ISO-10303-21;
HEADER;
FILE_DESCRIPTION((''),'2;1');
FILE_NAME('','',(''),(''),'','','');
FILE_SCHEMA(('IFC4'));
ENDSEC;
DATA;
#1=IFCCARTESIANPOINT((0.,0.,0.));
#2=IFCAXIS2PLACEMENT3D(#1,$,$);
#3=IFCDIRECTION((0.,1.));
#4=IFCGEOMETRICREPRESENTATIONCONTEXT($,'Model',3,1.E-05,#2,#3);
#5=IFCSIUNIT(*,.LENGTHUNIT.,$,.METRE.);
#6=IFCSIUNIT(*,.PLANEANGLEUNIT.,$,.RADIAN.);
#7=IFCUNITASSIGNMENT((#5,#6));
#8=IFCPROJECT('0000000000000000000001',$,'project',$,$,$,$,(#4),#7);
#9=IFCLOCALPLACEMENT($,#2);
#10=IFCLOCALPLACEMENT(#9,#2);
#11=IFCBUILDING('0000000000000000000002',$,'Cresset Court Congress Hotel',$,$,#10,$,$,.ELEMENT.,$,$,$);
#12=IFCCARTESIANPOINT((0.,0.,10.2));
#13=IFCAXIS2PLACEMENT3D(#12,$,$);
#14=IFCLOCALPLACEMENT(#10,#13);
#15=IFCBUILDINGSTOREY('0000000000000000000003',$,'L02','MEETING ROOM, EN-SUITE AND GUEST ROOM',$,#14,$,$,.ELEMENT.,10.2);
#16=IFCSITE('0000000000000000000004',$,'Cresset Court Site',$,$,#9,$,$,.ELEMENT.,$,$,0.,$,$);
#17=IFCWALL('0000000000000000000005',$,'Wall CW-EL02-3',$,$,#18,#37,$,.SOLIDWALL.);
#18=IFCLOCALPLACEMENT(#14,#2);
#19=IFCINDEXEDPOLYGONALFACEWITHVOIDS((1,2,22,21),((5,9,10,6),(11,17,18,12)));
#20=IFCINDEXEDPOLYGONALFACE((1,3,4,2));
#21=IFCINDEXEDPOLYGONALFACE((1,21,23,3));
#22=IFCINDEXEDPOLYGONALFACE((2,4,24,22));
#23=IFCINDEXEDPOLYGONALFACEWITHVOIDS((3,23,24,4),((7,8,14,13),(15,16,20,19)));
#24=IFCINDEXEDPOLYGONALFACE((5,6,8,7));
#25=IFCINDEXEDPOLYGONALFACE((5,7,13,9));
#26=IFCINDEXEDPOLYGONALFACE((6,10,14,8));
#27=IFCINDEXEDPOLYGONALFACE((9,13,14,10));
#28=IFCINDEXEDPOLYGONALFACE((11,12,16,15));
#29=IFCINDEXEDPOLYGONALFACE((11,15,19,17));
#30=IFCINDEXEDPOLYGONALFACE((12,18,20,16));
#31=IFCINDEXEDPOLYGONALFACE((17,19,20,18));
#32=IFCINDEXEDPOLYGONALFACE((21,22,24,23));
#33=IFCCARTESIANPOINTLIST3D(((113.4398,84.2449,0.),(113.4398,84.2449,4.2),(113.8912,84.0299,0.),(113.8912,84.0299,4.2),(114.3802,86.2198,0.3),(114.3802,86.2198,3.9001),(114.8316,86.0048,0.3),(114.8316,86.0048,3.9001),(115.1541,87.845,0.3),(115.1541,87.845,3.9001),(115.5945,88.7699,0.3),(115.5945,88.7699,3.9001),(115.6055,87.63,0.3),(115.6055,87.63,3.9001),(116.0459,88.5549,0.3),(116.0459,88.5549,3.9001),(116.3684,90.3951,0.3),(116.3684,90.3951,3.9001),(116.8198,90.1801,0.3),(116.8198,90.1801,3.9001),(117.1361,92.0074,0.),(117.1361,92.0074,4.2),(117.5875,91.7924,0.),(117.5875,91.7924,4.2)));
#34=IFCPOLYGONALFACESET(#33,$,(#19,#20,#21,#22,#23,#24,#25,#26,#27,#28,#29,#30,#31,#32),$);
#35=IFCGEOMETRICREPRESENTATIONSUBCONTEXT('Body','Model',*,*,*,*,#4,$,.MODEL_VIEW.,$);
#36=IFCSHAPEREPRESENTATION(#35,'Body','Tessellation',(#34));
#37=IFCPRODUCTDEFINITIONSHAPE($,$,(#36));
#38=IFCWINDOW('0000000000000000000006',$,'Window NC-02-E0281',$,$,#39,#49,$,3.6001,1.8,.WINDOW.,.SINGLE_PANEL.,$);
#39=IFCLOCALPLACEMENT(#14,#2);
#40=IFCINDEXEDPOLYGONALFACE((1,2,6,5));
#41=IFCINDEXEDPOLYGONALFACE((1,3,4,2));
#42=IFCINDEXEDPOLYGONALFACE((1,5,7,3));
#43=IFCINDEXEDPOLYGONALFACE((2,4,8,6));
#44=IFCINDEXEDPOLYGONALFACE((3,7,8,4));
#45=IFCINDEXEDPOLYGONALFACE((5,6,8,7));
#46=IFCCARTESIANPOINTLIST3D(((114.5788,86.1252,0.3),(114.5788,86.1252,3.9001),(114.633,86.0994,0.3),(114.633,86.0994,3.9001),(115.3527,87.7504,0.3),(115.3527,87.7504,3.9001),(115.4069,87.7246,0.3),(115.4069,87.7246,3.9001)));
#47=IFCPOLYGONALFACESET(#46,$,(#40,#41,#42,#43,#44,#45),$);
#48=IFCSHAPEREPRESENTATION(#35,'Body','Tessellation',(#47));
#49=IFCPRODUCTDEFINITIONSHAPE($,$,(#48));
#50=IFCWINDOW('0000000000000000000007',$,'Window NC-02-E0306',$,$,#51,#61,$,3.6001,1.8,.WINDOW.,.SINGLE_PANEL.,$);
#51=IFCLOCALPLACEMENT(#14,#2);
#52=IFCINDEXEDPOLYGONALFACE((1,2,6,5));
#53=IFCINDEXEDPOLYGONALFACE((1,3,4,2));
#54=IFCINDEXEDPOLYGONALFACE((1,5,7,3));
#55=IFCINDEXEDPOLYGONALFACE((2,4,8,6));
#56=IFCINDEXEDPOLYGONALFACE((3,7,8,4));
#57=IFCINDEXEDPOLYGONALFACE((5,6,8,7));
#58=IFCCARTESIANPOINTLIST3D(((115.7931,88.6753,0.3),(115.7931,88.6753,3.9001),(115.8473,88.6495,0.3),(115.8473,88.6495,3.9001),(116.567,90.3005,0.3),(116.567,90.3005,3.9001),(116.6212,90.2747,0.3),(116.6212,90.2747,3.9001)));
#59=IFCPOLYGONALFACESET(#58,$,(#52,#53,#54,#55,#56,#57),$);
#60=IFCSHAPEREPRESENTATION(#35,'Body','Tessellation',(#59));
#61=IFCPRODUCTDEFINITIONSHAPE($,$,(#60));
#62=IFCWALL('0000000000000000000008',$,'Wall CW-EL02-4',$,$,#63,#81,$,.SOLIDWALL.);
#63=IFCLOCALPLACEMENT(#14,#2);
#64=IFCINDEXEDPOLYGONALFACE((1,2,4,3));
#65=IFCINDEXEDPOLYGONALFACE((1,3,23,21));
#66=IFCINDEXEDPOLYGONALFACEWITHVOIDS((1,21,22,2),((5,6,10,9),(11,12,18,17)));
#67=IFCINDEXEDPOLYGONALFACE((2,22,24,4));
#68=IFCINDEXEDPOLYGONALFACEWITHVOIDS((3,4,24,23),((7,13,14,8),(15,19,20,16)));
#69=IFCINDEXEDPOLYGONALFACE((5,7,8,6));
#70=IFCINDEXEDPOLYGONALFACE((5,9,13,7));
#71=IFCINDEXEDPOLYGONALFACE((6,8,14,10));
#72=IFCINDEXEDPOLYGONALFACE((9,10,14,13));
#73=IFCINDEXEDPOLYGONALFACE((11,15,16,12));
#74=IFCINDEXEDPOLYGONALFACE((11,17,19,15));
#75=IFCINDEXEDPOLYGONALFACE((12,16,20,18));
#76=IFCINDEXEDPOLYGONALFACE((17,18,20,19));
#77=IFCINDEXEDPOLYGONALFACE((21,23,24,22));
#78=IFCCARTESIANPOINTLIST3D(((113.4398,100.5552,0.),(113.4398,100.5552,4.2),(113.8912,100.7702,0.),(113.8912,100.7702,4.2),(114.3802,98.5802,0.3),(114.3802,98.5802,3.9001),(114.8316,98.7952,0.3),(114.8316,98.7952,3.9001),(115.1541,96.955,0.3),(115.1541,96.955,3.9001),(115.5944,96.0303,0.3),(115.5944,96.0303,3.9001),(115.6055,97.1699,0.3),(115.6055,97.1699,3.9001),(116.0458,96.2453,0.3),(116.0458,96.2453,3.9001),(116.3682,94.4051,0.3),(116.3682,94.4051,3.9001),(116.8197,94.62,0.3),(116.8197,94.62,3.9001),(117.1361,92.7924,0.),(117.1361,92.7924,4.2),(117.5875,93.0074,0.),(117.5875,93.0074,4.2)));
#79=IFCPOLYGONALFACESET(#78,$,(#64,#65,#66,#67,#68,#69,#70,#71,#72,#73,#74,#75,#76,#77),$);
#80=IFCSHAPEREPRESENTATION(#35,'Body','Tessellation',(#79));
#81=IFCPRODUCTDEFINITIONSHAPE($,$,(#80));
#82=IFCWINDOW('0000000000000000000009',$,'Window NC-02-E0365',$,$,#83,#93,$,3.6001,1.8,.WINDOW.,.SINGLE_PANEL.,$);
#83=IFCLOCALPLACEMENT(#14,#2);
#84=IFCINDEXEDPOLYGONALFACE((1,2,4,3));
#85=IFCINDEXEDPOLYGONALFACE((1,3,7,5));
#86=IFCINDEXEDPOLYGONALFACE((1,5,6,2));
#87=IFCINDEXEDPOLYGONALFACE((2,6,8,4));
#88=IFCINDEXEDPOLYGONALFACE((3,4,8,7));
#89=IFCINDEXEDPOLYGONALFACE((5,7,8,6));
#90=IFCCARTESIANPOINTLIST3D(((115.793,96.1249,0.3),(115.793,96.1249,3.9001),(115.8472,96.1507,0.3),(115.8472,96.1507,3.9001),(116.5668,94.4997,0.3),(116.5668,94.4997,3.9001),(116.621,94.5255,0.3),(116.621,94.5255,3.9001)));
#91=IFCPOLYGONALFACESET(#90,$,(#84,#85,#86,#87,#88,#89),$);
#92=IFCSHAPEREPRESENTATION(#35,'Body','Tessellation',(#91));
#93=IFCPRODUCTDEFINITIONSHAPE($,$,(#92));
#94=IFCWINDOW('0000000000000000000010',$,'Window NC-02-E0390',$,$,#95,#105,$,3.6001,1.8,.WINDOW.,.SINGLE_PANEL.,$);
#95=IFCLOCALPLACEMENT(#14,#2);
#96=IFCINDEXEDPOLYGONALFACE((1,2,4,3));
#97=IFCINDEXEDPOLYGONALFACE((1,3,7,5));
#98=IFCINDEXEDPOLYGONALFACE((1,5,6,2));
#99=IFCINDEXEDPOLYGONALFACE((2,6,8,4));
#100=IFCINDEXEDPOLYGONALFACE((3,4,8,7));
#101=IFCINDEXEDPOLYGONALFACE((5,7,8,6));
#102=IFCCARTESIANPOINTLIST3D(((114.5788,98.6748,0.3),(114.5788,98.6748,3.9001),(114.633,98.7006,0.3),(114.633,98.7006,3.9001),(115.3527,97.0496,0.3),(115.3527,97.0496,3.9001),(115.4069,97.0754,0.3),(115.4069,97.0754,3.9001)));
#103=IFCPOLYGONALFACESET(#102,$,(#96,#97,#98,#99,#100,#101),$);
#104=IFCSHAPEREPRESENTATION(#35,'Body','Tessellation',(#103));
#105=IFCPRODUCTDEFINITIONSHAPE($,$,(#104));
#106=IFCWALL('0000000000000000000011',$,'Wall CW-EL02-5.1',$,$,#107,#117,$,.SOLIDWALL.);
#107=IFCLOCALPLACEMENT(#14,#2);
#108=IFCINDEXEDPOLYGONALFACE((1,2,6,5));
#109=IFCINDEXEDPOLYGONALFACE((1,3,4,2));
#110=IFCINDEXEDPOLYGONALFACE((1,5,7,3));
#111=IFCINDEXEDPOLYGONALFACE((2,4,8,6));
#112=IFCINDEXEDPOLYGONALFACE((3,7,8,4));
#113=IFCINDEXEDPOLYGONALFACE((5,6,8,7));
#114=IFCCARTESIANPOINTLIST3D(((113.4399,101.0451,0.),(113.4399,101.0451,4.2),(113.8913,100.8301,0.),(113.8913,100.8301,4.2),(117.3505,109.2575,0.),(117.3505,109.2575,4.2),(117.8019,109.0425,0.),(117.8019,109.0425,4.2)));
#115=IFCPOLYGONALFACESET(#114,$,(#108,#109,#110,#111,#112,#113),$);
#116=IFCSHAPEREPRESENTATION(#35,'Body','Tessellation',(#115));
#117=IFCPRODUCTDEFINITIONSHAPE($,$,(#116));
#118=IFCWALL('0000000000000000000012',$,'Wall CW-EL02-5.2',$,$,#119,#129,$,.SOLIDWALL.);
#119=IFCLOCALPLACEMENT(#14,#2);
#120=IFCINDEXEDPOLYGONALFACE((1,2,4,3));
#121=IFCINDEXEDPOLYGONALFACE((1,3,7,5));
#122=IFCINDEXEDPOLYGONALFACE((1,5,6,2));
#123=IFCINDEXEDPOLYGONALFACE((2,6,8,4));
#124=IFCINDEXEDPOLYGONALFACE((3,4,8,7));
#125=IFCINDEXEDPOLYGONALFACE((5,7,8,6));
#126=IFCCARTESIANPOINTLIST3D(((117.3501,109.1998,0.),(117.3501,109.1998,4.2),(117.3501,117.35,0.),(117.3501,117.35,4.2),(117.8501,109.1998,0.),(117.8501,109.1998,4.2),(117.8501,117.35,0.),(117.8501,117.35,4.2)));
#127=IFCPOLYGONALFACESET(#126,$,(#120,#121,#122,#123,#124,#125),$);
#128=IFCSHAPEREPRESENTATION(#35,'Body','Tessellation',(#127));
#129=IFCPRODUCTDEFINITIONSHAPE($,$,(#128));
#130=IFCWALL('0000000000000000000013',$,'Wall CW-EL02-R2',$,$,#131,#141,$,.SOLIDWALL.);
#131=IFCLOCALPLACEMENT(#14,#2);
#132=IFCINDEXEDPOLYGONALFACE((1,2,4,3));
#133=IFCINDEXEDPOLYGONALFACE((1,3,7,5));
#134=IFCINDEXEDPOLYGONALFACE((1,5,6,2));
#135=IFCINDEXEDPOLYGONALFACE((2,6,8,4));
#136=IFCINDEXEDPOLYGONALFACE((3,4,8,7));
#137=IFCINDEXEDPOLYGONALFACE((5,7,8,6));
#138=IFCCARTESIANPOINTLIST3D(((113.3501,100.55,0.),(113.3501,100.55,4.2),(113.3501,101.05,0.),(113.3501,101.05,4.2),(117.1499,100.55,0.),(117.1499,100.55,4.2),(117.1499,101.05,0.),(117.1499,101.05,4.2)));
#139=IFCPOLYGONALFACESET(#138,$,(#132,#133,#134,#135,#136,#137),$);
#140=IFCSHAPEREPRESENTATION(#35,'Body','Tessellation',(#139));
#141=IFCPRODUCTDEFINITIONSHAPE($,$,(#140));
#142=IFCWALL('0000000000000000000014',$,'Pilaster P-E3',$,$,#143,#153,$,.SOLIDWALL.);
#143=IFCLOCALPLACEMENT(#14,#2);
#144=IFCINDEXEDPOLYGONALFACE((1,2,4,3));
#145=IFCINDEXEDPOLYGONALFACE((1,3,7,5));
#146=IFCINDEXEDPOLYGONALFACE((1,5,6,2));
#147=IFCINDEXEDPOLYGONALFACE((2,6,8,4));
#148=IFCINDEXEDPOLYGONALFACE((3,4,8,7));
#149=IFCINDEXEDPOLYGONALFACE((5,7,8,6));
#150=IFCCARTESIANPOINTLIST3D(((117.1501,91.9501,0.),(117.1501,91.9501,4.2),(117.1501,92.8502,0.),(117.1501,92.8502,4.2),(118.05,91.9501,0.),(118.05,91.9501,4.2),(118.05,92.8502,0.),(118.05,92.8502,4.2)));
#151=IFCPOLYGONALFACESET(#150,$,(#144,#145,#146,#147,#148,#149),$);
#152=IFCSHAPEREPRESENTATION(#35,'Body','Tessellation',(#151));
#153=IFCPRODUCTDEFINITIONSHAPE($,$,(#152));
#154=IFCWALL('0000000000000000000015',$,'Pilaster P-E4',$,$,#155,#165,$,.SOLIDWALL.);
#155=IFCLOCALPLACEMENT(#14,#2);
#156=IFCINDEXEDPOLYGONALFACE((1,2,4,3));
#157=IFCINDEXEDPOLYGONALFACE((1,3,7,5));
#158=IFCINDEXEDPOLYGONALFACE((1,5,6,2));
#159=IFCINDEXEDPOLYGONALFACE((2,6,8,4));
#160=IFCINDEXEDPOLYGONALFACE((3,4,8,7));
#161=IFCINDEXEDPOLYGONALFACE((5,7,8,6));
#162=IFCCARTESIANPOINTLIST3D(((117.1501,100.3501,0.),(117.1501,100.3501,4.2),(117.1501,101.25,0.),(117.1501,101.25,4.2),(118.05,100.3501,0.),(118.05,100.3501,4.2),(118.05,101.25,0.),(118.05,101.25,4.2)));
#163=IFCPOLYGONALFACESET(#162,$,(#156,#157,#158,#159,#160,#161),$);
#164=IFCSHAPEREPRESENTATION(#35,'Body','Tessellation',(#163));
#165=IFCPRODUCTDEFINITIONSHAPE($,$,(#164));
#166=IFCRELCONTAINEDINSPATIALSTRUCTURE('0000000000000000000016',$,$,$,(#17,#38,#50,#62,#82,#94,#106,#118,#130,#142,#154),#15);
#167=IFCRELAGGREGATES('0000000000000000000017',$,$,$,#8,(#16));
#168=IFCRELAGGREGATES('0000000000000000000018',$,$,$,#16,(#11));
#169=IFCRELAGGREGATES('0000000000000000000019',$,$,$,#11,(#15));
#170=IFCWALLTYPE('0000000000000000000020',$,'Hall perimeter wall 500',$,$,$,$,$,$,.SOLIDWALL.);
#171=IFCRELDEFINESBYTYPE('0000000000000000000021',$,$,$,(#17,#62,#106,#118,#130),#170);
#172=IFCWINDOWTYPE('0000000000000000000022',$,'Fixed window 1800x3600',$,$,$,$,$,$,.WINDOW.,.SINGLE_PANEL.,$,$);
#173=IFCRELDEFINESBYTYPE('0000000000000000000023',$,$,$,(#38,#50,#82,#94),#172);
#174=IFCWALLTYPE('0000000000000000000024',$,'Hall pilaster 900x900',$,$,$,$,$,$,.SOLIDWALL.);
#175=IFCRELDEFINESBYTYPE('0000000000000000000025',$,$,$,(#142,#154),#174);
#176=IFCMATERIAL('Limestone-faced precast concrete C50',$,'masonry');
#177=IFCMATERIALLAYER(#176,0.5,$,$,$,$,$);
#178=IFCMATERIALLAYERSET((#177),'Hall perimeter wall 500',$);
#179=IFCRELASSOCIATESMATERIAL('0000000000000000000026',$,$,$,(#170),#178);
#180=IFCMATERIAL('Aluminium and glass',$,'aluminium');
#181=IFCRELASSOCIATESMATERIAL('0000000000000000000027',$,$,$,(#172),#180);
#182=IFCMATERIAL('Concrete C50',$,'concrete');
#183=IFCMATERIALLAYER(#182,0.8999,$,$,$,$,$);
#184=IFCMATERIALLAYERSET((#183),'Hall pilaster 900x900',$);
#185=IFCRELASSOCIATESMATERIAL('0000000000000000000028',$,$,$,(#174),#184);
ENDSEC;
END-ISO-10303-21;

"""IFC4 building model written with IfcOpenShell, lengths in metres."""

from ifc_helpers import new_model, si_unit, direction, frame, frame_2d, origin, place, context, subcontext, project, spatial, rectangle, extrude, material, layer, layer_set, type_object, element, fill, save


model = new_model("IFC4")

# Units and contexts
model_context = context("Model", 3, precision=1e-05, world=origin(), true_north=direction((0.0, 1.0)))
body_context = subcontext(model_context, "Body", "Model", "MODEL_VIEW")
ifc_project = project(units=[si_unit("LENGTHUNIT", "METRE"), si_unit("PLANEANGLEUNIT", "RADIAN")], contexts=[model_context])

# Site, building, storey
site_placement = place(None, origin())
site = spatial("IfcSite", under=ifc_project, at=site_placement, Name="Cresset Court Site", CompositionType="ELEMENT", RefElevation=0.0)
building_placement = place(site_placement, origin())
building = spatial("IfcBuilding", under=site, at=building_placement, Name="Cresset Court Congress Hotel", CompositionType="ELEMENT")
storey_placement = place(building_placement, frame((0.0, 0.0, 10.2)))
storey = spatial("IfcBuildingStorey", under=building, at=storey_placement, Name="L02", Description="MEETING ROOM, EN-SUITE AND GUEST ROOM", CompositionType="ELEMENT", Elevation=10.2)

# Walls, openings, windows
ifc_material_1 = material(Name="Limestone-faced precast concrete C50", Category="masonry")
ifc_layer_1 = layer(ifc_material_1, 0.5)
ifc_layer_set_1 = layer_set([ifc_layer_1], Name="Hall perimeter wall 500")
wall_type_1 = type_object("IfcWallType", Name="Hall perimeter wall 500", PredefinedType="SOLIDWALL", material=ifc_layer_set_1)
wall_1_placement = place(storey_placement, frame((117.3618, 91.8999, 0.0), z_axis=(0.0, 0.0, 1.0), x_axis=(-0.429923, -0.902866, 0.0)))
wall_1 = element("IfcWall", 1, at=wall_1_placement, inside=storey, type_object=wall_type_1, Name="Wall CW-EL02-3", PredefinedType="SOLIDWALL", context=body_context, shape_type="SweptSolid", body=[
    extrude(rectangle(XDim=8.5977, YDim=0.5, at=frame_2d((4.2988, 0.0))), origin(), (0.0, 0.0, 1.0), 4.2),
])
opening_1_placement = place(wall_1_placement, frame((4.6104, 0.0, 0.3)))
opening_1 = element("IfcOpeningElement", 2, at=opening_1_placement, cuts=wall_1, PredefinedType="OPENING", context=body_context, shape_type="SweptSolid", body=[
    extrude(rectangle(XDim=1.8, YDim=3.6001, at=frame_2d((0.8999, 1.8))), frame((0.0, 0.26, 0.0), z_axis=(0.0, -1.0, 0.0), x_axis=(1.0, 0.0, 0.0)), (0.0, 0.0, 1.0), 0.52),
])
opening_2_placement = place(wall_1_placement, frame((1.7859, 0.0, 0.3)))
opening_2 = element("IfcOpeningElement", 3, at=opening_2_placement, cuts=wall_1, PredefinedType="OPENING", context=body_context, shape_type="SweptSolid", body=[
    extrude(rectangle(XDim=1.8, YDim=3.6001, at=frame_2d((0.8999, 1.8))), frame((0.0, 0.26, 0.0), z_axis=(0.0, -1.0, 0.0), x_axis=(1.0, 0.0, 0.0)), (0.0, 0.0, 1.0), 0.52),
])
ifc_material_2 = material(Name="Aluminium and glass", Category="aluminium")
window_type = type_object("IfcWindowType", Name="Fixed window 1800x3600", PartitioningType="SINGLE_PANEL", PredefinedType="WINDOW", material=ifc_material_2)
window_1_placement = place(opening_1_placement, origin())
window_1 = element("IfcWindow", 4, at=window_1_placement, inside=storey, type_object=window_type, Name="Window NC-02-E0281", OverallHeight=3.6001, OverallWidth=1.8, PartitioningType="SINGLE_PANEL", PredefinedType="WINDOW", context=body_context, shape_type="SweptSolid", body=[
    extrude(rectangle(XDim=1.8, YDim=3.6001, at=frame_2d((0.8999, 1.8))), frame((0.0, 0.03, 0.0), z_axis=(0.0, -1.0, 0.0), x_axis=(1.0, 0.0, 0.0)), (0.0, 0.0, 1.0), 0.0601),
])
fill(opening_1, window_1)
window_2_placement = place(opening_2_placement, origin())
window_2 = element("IfcWindow", 5, at=window_2_placement, inside=storey, type_object=window_type, Name="Window NC-02-E0306", OverallHeight=3.6001, OverallWidth=1.8, PartitioningType="SINGLE_PANEL", PredefinedType="WINDOW", context=body_context, shape_type="SweptSolid", body=[
    extrude(rectangle(XDim=1.8, YDim=3.6001, at=frame_2d((0.8999, 1.8))), frame((0.0, 0.03, 0.0), z_axis=(0.0, -1.0, 0.0), x_axis=(1.0, 0.0, 0.0)), (0.0, 0.0, 1.0), 0.0601),
])
fill(opening_2, window_2)
wall_2_placement = place(storey_placement, frame((113.6655, 100.6626, 0.0), z_axis=(0.0, 0.0, 1.0), x_axis=(0.429912, -0.902871, 0.0)))
wall_2 = element("IfcWall", 6, at=wall_2_placement, inside=storey, type_object=wall_type_1, Name="Wall CW-EL02-4", PredefinedType="SOLIDWALL", context=body_context, shape_type="SweptSolid", body=[
    extrude(rectangle(XDim=8.5979, YDim=0.5, at=frame_2d((4.2988, 0.0))), origin(), (0.0, 0.0, 1.0), 4.2),
])
opening_3_placement = place(wall_2_placement, frame((5.0117, 0.0, 0.3)))
opening_3 = element("IfcOpeningElement", 7, at=opening_3_placement, cuts=wall_2, PredefinedType="OPENING", context=body_context, shape_type="SweptSolid", body=[
    extrude(rectangle(XDim=1.8, YDim=3.6001, at=frame_2d((0.8999, 1.8))), frame((0.0, 0.26, 0.0), z_axis=(0.0, -1.0, 0.0), x_axis=(1.0, 0.0, 0.0)), (0.0, 0.0, 1.0), 0.52),
])
opening_4_placement = place(wall_2_placement, frame((2.1875, 0.0, 0.3)))
opening_4 = element("IfcOpeningElement", 8, at=opening_4_placement, cuts=wall_2, PredefinedType="OPENING", context=body_context, shape_type="SweptSolid", body=[
    extrude(rectangle(XDim=1.8, YDim=3.6001, at=frame_2d((0.8999, 1.8))), frame((0.0, 0.26, 0.0), z_axis=(0.0, -1.0, 0.0), x_axis=(1.0, 0.0, 0.0)), (0.0, 0.0, 1.0), 0.52),
])
window_3_placement = place(opening_3_placement, origin())
window_3 = element("IfcWindow", 9, at=window_3_placement, inside=storey, type_object=window_type, Name="Window NC-02-E0365", OverallHeight=3.6001, OverallWidth=1.8, PartitioningType="SINGLE_PANEL", PredefinedType="WINDOW", context=body_context, shape_type="SweptSolid", body=[
    extrude(rectangle(XDim=1.8, YDim=3.6001, at=frame_2d((0.8999, 1.8))), frame((0.0, 0.03, 0.0), z_axis=(0.0, -1.0, 0.0), x_axis=(1.0, 0.0, 0.0)), (0.0, 0.0, 1.0), 0.0601),
])
fill(opening_3, window_3)
window_4_placement = place(opening_4_placement, origin())
window_4 = element("IfcWindow", 10, at=window_4_placement, inside=storey, type_object=window_type, Name="Window NC-02-E0390", OverallHeight=3.6001, OverallWidth=1.8, PartitioningType="SINGLE_PANEL", PredefinedType="WINDOW", context=body_context, shape_type="SweptSolid", body=[
    extrude(rectangle(XDim=1.8, YDim=3.6001, at=frame_2d((0.8999, 1.8))), frame((0.0, 0.03, 0.0), z_axis=(0.0, -1.0, 0.0), x_axis=(1.0, 0.0, 0.0)), (0.0, 0.0, 1.0), 0.0601),
])
fill(opening_4, window_4)

# Walls
wall_3_placement = place(storey_placement, frame((117.5762, 109.1499, 0.0), z_axis=(0.0, 0.0, 1.0), x_axis=(-0.429931, -0.902862, 0.0)))
element("IfcWall", 11, at=wall_3_placement, inside=storey, type_object=wall_type_1, Name="Wall CW-EL02-5.1", PredefinedType="SOLIDWALL", context=body_context, shape_type="SweptSolid", body=[
    extrude(rectangle(XDim=9.0959, YDim=0.5, at=frame_2d((4.5479, 0.0))), origin(), (0.0, 0.0, 1.0), 4.2),
])
wall_4_placement = place(storey_placement, frame((117.6001, 117.3501, 0.0), z_axis=(0.0, 0.0, 1.0), x_axis=(0.0, -1.0, 0.0)))
element("IfcWall", 12, at=wall_4_placement, inside=storey, type_object=wall_type_1, Name="Wall CW-EL02-5.2", PredefinedType="SOLIDWALL", context=body_context, shape_type="SweptSolid", body=[
    extrude(rectangle(XDim=8.1501, YDim=0.5, at=frame_2d((4.0752, 0.0))), origin(), (0.0, 0.0, 1.0), 4.2),
])
wall_5_placement = place(storey_placement, frame((113.3501, 100.8, 0.0), z_axis=(0.0, 0.0, 1.0), x_axis=(1.0, 0.0, 0.0)))
element("IfcWall", 13, at=wall_5_placement, inside=storey, type_object=wall_type_1, Name="Wall CW-EL02-R2", PredefinedType="SOLIDWALL", context=body_context, shape_type="SweptSolid", body=[
    extrude(rectangle(XDim=3.7998, YDim=0.5, at=frame_2d((1.8999, 0.0))), origin(), (0.0, 0.0, 1.0), 4.2),
])
ifc_material_3 = material(Name="Concrete C50", Category="concrete")
ifc_layer_2 = layer(ifc_material_3, 0.8999)
ifc_layer_set_2 = layer_set([ifc_layer_2], Name="Hall pilaster 900x900")
wall_type_2 = type_object("IfcWallType", Name="Hall pilaster 900x900", PredefinedType="SOLIDWALL", material=ifc_layer_set_2)
wall_6_placement = place(storey_placement, frame((117.6001, 91.95, 0.0), z_axis=(0.0, 0.0, 1.0), x_axis=(0.0, 1.0, 0.0)))
element("IfcWall", 14, at=wall_6_placement, inside=storey, type_object=wall_type_2, Name="Pilaster P-E3", PredefinedType="SOLIDWALL", context=body_context, shape_type="SweptSolid", body=[
    extrude(rectangle(XDim=0.9001, YDim=0.8999, at=frame_2d((0.4502, 0.0))), origin(), (0.0, 0.0, 1.0), 4.2),
])
wall_7_placement = place(storey_placement, frame((117.6001, 100.3501, 0.0), z_axis=(0.0, 0.0, 1.0), x_axis=(0.0, 1.0, 0.0)))
element("IfcWall", 15, at=wall_7_placement, inside=storey, type_object=wall_type_2, Name="Pilaster P-E4", PredefinedType="SOLIDWALL", context=body_context, shape_type="SweptSolid", body=[
    extrude(rectangle(XDim=0.8999, YDim=0.8999, at=frame_2d((0.45, 0.0))), origin(), (0.0, 0.0, 1.0), 4.2),
])

save(model, "model.ifc")
